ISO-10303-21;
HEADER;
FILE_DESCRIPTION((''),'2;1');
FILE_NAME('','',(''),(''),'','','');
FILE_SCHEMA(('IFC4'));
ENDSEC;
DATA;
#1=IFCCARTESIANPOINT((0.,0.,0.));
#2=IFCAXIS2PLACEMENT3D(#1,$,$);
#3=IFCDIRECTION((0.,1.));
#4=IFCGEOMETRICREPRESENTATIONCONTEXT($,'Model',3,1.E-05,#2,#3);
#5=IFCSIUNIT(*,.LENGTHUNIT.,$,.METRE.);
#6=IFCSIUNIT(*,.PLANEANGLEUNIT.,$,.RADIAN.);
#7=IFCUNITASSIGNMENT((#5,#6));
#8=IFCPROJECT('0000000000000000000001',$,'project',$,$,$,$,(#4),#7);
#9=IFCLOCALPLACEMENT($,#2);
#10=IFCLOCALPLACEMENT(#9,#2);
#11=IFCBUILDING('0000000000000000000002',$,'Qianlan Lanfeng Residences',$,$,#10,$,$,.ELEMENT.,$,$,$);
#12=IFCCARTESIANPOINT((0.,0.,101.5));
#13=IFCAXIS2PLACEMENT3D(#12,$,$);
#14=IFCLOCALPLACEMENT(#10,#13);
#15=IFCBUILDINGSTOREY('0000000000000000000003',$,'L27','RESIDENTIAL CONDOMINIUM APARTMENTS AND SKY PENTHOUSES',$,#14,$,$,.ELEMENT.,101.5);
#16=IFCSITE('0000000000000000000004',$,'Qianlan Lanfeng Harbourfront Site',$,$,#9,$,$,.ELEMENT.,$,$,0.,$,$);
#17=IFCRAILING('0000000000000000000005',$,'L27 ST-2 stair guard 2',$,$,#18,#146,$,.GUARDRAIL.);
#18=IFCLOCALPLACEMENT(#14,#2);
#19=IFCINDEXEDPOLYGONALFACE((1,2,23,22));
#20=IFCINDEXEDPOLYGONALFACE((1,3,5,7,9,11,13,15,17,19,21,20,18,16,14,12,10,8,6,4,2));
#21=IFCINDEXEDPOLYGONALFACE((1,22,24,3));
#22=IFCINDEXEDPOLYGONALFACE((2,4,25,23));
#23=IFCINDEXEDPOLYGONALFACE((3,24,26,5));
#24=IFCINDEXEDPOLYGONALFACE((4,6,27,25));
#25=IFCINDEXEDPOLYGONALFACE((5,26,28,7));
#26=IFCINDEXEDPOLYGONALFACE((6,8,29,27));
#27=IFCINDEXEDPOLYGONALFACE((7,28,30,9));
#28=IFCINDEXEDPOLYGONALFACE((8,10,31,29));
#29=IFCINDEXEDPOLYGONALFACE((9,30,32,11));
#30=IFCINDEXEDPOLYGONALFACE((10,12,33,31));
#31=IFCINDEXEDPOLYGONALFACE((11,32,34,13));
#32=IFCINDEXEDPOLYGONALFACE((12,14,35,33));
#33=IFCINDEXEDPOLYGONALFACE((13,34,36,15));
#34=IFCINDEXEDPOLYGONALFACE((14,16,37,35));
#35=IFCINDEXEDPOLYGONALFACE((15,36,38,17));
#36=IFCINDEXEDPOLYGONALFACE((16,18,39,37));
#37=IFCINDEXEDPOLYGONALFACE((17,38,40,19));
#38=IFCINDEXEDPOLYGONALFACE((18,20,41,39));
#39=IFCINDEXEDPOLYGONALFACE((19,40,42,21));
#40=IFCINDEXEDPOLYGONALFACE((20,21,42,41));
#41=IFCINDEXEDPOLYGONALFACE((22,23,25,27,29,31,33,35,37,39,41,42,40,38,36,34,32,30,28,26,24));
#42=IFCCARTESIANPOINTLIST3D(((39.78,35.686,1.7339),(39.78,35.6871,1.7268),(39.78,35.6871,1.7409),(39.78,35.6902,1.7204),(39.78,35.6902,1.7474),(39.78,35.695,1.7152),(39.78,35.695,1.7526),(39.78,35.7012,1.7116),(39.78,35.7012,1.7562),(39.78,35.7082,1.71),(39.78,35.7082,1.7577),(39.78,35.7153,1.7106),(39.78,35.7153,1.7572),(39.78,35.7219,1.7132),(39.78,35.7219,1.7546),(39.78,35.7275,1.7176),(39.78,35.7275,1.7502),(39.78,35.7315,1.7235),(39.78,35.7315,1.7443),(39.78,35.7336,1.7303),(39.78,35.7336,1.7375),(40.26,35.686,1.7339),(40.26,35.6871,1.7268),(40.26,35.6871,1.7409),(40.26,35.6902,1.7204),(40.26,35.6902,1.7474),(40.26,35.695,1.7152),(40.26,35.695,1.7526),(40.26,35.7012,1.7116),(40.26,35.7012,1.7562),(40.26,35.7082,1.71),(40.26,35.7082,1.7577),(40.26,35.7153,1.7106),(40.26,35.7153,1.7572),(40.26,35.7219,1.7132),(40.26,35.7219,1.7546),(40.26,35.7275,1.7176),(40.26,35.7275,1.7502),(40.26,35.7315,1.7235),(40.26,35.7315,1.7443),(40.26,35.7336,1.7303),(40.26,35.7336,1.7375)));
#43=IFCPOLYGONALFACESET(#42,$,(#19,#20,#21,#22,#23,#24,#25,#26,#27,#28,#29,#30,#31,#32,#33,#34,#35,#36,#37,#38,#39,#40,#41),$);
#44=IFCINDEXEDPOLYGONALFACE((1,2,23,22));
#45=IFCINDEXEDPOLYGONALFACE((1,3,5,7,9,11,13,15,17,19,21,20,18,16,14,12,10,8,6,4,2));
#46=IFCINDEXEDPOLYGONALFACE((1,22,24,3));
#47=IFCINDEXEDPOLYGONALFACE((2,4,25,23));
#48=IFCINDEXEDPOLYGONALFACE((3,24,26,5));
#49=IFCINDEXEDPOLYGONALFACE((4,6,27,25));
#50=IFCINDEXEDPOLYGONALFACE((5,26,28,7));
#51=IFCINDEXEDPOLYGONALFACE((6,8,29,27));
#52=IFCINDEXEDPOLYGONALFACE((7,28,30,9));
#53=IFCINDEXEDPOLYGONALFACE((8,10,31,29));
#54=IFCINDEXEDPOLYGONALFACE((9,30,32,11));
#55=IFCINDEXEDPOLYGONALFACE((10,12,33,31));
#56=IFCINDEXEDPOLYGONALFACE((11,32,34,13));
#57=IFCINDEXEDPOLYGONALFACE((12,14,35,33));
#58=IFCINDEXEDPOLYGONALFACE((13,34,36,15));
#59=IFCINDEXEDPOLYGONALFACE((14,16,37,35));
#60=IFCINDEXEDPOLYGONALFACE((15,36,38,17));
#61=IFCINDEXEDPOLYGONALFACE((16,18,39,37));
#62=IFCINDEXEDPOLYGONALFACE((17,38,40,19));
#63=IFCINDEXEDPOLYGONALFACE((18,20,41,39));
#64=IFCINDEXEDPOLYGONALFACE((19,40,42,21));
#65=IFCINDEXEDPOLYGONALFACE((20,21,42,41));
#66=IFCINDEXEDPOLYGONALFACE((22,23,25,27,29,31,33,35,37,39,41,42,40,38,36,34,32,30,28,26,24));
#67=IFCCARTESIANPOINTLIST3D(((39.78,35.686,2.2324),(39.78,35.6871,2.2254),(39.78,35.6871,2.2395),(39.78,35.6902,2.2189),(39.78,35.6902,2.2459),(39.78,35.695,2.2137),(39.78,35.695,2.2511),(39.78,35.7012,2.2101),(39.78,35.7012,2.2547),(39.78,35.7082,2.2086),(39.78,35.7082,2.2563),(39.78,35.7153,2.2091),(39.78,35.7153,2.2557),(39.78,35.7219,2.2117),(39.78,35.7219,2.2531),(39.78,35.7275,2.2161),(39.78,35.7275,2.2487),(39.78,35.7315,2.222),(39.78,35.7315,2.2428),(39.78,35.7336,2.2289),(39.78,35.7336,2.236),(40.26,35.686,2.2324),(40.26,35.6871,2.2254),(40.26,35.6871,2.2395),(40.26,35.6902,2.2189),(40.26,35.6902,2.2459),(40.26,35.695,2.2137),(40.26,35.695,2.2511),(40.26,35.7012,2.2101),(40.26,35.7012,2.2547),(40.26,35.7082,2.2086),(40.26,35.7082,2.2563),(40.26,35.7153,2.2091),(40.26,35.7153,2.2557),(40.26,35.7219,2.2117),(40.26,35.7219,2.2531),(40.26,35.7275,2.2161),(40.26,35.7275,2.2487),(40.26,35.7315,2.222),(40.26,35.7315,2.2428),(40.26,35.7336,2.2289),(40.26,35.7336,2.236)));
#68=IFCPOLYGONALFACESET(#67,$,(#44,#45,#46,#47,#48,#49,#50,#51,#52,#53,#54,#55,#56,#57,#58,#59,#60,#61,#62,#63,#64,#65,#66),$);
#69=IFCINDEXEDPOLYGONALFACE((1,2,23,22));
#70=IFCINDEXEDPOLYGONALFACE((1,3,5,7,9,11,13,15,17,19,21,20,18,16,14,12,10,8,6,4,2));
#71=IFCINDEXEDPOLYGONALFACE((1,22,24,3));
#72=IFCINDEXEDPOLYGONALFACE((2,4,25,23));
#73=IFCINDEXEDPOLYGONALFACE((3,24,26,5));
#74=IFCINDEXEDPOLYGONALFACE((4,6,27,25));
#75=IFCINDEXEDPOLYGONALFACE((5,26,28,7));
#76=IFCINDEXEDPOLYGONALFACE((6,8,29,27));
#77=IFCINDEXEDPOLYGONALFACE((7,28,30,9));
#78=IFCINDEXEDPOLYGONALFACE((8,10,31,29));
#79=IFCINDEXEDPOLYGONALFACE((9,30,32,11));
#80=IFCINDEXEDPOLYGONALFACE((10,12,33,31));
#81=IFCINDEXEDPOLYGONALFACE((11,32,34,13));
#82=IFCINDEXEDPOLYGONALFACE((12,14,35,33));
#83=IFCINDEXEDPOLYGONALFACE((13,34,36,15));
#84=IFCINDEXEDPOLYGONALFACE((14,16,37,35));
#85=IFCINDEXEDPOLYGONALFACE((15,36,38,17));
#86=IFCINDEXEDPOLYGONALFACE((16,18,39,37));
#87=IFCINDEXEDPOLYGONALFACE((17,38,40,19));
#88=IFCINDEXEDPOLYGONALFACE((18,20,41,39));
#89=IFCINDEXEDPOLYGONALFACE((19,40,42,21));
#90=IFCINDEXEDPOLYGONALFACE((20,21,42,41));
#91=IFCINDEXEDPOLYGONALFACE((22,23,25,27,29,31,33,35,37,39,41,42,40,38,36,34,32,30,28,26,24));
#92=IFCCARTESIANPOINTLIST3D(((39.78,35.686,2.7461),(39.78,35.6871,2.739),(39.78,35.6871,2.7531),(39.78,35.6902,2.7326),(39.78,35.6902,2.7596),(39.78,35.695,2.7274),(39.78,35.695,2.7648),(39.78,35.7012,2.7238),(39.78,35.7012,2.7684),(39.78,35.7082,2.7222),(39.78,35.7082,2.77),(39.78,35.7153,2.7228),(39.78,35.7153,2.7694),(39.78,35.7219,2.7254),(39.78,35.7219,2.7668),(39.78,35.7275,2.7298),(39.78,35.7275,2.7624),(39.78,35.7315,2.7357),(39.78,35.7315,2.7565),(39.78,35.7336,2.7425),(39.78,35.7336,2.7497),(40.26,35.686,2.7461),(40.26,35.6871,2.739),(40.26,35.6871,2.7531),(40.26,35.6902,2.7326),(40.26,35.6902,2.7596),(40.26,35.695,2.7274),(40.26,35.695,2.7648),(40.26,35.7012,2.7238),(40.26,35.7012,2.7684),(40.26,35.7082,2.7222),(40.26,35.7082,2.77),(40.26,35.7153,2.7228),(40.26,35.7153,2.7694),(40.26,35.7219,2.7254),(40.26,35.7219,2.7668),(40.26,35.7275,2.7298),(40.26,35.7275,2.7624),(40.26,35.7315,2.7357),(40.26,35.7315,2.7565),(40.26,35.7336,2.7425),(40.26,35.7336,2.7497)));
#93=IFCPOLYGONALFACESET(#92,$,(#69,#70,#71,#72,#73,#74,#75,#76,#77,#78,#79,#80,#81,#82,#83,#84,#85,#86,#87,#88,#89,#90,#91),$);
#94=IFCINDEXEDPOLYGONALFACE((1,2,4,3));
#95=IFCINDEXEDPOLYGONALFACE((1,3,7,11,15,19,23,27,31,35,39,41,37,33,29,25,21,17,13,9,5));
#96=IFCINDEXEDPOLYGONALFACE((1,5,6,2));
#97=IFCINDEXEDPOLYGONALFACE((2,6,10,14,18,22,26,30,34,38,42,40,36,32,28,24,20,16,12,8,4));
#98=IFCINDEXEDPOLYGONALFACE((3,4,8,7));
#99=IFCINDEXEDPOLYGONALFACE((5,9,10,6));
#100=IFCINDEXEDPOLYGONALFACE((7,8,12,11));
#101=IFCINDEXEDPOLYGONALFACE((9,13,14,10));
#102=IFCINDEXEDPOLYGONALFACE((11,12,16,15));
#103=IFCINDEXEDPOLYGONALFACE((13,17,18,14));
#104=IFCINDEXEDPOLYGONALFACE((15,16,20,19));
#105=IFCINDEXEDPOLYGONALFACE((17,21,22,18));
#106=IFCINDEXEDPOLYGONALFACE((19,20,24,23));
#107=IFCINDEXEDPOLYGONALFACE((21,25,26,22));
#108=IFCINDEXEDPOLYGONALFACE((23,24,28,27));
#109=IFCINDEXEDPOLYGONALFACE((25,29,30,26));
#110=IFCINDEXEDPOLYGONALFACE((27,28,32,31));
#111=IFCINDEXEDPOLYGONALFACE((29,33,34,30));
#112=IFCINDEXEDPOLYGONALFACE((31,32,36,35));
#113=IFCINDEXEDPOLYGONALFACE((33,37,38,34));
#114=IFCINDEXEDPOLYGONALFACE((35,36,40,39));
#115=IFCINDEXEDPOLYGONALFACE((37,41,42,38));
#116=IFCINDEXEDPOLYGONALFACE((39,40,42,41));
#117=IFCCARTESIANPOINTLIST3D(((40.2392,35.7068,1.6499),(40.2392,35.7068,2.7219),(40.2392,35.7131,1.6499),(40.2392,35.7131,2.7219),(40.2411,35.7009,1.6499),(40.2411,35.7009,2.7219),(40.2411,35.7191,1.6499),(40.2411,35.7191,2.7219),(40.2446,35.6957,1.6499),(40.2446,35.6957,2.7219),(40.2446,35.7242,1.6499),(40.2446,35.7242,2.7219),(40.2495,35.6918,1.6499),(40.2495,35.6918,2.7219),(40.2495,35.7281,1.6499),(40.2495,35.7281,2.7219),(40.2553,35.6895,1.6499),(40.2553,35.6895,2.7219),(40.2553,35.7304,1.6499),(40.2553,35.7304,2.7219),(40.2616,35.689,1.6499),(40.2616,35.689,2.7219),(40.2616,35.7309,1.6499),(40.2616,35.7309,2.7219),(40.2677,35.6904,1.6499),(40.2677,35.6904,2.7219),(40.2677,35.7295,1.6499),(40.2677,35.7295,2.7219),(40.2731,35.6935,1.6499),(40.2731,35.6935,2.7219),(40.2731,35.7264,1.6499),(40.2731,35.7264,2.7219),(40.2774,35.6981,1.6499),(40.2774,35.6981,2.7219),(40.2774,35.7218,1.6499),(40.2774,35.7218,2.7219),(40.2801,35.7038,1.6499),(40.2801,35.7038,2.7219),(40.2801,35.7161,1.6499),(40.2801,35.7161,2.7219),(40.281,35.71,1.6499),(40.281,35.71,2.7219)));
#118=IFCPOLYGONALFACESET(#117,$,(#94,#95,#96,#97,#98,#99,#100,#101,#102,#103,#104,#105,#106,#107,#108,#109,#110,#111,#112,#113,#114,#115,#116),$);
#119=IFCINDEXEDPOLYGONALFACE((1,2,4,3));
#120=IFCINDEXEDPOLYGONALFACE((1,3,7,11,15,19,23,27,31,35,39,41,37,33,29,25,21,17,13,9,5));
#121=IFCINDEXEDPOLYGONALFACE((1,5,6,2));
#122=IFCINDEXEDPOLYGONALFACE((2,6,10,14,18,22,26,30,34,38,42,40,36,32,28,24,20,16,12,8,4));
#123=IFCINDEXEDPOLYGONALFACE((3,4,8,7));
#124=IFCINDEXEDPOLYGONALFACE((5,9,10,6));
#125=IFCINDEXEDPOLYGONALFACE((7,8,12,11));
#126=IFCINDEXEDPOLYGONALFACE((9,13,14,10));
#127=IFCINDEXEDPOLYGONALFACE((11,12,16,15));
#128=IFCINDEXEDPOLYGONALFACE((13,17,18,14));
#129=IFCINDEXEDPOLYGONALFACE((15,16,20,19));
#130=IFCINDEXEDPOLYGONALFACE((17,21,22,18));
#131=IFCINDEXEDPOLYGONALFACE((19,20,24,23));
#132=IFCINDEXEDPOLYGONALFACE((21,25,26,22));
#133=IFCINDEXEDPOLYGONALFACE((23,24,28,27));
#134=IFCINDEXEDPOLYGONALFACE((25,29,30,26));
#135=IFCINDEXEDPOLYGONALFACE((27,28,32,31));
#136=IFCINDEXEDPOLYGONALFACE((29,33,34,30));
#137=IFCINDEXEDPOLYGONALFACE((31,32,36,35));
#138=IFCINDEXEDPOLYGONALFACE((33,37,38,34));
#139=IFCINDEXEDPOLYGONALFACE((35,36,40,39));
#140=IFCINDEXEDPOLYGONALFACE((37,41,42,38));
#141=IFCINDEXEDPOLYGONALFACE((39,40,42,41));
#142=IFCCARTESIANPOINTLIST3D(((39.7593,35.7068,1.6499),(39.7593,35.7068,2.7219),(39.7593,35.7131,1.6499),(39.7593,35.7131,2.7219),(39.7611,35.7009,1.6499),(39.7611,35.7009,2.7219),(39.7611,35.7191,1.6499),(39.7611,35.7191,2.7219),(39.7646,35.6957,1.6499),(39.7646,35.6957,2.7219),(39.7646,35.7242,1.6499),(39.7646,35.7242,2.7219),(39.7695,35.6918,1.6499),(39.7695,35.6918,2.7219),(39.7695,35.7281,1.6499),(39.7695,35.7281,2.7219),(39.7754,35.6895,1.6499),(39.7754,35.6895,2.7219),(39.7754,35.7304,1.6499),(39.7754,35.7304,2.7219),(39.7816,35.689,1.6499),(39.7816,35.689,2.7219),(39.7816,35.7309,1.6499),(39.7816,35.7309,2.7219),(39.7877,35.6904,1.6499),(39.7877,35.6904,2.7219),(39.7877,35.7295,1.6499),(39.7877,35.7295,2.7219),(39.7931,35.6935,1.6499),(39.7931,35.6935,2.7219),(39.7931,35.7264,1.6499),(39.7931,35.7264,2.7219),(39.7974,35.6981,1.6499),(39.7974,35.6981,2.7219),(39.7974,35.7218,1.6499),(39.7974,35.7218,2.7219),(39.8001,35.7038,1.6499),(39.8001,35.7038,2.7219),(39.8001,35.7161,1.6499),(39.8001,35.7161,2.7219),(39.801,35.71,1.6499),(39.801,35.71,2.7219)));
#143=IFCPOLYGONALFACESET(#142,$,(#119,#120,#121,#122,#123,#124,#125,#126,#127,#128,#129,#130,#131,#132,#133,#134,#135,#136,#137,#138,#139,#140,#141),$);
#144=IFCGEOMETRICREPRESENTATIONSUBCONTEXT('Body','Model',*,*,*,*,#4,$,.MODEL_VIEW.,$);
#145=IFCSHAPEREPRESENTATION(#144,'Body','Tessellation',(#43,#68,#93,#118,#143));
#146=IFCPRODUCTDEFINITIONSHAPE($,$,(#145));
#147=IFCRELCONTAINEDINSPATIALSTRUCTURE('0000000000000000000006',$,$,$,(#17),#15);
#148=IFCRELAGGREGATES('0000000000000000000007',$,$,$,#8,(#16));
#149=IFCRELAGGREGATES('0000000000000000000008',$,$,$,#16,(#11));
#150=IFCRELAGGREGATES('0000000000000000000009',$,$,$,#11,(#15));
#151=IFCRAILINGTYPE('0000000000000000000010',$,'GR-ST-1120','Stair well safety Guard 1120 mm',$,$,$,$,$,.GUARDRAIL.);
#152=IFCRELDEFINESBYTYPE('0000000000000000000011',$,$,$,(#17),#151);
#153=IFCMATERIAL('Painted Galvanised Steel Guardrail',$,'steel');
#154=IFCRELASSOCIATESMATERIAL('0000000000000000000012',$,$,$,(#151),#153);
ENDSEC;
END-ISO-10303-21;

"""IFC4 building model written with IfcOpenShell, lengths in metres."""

from ifc_helpers import new_model, si_unit, direction, frame, origin, origin_2d, place, context, subcontext, project, spatial, circle, extrude, material, type_object, element, save


model = new_model("IFC4")

# Units and contexts
model_context = context("Model", 3, precision=1e-05, world=origin(), true_north=direction((0.0, 1.0)))
body_context = subcontext(model_context, "Body", "Model", "MODEL_VIEW")
ifc_project = project(units=[si_unit("LENGTHUNIT", "METRE"), si_unit("PLANEANGLEUNIT", "RADIAN")], contexts=[model_context])

# Site, building, storey
site_placement = place(None, origin())
site = spatial("IfcSite", under=ifc_project, at=site_placement, Name="Qianlan Lanfeng Harbourfront Site", CompositionType="ELEMENT", RefElevation=0.0)
building_placement = place(site_placement, origin())
building = spatial("IfcBuilding", under=site, at=building_placement, Name="Qianlan Lanfeng Residences", CompositionType="ELEMENT")
storey_placement = place(building_placement, frame((0.0, 0.0, 101.5)))
storey = spatial("IfcBuildingStorey", under=building, at=storey_placement, Name="L27", Description="RESIDENTIAL CONDOMINIUM APARTMENTS AND SKY PENTHOUSES", CompositionType="ELEMENT", Elevation=101.5)

# Railing
ifc_material_1 = material(Name="Painted Galvanised Steel Guardrail", Category="steel")
railing_type_1 = type_object("IfcRailingType", Name="GR-ST-1120", Description="Stair well safety Guard 1120 mm", PredefinedType="GUARDRAIL", material=ifc_material_1)
railing_1_placement = place(storey_placement, frame((40.26, 35.71, 1.6499)))
element("IfcRailing", 1, at=railing_1_placement, inside=storey, type_object=railing_type_1, Name="L27 ST-2 stair guard 2", PredefinedType="GUARDRAIL", context=body_context, shape_type="SweptSolid", body=[
    extrude(circle(Radius=0.0239, at=origin_2d()), frame((0.0, 0.0, 0.084), z_axis=(-1.0, 0.0, 0.0), x_axis=(0.0, -1.0, 0.0)), (0.0, 0.0, 1.0), 0.48),
    extrude(circle(Radius=0.0239, at=origin_2d()), frame((0.0, 0.0, 0.5825), z_axis=(-1.0, 0.0, 0.0), x_axis=(0.0, -1.0, 0.0)), (0.0, 0.0, 1.0), 0.48),
    extrude(circle(Radius=0.0239, at=origin_2d()), frame((0.0, 0.0, 1.0962), z_axis=(-1.0, 0.0, 0.0), x_axis=(0.0, -1.0, 0.0)), (0.0, 0.0, 1.0), 0.48),
    extrude(circle(Radius=0.021, at=origin_2d()), origin(), (0.0, 0.0, 1.0), 1.072),
    extrude(circle(Radius=0.021, at=origin_2d()), frame((-0.48, 0.0, 0.0)), (0.0, 0.0, 1.0), 1.072),
])

save(model, "model.ifc")
